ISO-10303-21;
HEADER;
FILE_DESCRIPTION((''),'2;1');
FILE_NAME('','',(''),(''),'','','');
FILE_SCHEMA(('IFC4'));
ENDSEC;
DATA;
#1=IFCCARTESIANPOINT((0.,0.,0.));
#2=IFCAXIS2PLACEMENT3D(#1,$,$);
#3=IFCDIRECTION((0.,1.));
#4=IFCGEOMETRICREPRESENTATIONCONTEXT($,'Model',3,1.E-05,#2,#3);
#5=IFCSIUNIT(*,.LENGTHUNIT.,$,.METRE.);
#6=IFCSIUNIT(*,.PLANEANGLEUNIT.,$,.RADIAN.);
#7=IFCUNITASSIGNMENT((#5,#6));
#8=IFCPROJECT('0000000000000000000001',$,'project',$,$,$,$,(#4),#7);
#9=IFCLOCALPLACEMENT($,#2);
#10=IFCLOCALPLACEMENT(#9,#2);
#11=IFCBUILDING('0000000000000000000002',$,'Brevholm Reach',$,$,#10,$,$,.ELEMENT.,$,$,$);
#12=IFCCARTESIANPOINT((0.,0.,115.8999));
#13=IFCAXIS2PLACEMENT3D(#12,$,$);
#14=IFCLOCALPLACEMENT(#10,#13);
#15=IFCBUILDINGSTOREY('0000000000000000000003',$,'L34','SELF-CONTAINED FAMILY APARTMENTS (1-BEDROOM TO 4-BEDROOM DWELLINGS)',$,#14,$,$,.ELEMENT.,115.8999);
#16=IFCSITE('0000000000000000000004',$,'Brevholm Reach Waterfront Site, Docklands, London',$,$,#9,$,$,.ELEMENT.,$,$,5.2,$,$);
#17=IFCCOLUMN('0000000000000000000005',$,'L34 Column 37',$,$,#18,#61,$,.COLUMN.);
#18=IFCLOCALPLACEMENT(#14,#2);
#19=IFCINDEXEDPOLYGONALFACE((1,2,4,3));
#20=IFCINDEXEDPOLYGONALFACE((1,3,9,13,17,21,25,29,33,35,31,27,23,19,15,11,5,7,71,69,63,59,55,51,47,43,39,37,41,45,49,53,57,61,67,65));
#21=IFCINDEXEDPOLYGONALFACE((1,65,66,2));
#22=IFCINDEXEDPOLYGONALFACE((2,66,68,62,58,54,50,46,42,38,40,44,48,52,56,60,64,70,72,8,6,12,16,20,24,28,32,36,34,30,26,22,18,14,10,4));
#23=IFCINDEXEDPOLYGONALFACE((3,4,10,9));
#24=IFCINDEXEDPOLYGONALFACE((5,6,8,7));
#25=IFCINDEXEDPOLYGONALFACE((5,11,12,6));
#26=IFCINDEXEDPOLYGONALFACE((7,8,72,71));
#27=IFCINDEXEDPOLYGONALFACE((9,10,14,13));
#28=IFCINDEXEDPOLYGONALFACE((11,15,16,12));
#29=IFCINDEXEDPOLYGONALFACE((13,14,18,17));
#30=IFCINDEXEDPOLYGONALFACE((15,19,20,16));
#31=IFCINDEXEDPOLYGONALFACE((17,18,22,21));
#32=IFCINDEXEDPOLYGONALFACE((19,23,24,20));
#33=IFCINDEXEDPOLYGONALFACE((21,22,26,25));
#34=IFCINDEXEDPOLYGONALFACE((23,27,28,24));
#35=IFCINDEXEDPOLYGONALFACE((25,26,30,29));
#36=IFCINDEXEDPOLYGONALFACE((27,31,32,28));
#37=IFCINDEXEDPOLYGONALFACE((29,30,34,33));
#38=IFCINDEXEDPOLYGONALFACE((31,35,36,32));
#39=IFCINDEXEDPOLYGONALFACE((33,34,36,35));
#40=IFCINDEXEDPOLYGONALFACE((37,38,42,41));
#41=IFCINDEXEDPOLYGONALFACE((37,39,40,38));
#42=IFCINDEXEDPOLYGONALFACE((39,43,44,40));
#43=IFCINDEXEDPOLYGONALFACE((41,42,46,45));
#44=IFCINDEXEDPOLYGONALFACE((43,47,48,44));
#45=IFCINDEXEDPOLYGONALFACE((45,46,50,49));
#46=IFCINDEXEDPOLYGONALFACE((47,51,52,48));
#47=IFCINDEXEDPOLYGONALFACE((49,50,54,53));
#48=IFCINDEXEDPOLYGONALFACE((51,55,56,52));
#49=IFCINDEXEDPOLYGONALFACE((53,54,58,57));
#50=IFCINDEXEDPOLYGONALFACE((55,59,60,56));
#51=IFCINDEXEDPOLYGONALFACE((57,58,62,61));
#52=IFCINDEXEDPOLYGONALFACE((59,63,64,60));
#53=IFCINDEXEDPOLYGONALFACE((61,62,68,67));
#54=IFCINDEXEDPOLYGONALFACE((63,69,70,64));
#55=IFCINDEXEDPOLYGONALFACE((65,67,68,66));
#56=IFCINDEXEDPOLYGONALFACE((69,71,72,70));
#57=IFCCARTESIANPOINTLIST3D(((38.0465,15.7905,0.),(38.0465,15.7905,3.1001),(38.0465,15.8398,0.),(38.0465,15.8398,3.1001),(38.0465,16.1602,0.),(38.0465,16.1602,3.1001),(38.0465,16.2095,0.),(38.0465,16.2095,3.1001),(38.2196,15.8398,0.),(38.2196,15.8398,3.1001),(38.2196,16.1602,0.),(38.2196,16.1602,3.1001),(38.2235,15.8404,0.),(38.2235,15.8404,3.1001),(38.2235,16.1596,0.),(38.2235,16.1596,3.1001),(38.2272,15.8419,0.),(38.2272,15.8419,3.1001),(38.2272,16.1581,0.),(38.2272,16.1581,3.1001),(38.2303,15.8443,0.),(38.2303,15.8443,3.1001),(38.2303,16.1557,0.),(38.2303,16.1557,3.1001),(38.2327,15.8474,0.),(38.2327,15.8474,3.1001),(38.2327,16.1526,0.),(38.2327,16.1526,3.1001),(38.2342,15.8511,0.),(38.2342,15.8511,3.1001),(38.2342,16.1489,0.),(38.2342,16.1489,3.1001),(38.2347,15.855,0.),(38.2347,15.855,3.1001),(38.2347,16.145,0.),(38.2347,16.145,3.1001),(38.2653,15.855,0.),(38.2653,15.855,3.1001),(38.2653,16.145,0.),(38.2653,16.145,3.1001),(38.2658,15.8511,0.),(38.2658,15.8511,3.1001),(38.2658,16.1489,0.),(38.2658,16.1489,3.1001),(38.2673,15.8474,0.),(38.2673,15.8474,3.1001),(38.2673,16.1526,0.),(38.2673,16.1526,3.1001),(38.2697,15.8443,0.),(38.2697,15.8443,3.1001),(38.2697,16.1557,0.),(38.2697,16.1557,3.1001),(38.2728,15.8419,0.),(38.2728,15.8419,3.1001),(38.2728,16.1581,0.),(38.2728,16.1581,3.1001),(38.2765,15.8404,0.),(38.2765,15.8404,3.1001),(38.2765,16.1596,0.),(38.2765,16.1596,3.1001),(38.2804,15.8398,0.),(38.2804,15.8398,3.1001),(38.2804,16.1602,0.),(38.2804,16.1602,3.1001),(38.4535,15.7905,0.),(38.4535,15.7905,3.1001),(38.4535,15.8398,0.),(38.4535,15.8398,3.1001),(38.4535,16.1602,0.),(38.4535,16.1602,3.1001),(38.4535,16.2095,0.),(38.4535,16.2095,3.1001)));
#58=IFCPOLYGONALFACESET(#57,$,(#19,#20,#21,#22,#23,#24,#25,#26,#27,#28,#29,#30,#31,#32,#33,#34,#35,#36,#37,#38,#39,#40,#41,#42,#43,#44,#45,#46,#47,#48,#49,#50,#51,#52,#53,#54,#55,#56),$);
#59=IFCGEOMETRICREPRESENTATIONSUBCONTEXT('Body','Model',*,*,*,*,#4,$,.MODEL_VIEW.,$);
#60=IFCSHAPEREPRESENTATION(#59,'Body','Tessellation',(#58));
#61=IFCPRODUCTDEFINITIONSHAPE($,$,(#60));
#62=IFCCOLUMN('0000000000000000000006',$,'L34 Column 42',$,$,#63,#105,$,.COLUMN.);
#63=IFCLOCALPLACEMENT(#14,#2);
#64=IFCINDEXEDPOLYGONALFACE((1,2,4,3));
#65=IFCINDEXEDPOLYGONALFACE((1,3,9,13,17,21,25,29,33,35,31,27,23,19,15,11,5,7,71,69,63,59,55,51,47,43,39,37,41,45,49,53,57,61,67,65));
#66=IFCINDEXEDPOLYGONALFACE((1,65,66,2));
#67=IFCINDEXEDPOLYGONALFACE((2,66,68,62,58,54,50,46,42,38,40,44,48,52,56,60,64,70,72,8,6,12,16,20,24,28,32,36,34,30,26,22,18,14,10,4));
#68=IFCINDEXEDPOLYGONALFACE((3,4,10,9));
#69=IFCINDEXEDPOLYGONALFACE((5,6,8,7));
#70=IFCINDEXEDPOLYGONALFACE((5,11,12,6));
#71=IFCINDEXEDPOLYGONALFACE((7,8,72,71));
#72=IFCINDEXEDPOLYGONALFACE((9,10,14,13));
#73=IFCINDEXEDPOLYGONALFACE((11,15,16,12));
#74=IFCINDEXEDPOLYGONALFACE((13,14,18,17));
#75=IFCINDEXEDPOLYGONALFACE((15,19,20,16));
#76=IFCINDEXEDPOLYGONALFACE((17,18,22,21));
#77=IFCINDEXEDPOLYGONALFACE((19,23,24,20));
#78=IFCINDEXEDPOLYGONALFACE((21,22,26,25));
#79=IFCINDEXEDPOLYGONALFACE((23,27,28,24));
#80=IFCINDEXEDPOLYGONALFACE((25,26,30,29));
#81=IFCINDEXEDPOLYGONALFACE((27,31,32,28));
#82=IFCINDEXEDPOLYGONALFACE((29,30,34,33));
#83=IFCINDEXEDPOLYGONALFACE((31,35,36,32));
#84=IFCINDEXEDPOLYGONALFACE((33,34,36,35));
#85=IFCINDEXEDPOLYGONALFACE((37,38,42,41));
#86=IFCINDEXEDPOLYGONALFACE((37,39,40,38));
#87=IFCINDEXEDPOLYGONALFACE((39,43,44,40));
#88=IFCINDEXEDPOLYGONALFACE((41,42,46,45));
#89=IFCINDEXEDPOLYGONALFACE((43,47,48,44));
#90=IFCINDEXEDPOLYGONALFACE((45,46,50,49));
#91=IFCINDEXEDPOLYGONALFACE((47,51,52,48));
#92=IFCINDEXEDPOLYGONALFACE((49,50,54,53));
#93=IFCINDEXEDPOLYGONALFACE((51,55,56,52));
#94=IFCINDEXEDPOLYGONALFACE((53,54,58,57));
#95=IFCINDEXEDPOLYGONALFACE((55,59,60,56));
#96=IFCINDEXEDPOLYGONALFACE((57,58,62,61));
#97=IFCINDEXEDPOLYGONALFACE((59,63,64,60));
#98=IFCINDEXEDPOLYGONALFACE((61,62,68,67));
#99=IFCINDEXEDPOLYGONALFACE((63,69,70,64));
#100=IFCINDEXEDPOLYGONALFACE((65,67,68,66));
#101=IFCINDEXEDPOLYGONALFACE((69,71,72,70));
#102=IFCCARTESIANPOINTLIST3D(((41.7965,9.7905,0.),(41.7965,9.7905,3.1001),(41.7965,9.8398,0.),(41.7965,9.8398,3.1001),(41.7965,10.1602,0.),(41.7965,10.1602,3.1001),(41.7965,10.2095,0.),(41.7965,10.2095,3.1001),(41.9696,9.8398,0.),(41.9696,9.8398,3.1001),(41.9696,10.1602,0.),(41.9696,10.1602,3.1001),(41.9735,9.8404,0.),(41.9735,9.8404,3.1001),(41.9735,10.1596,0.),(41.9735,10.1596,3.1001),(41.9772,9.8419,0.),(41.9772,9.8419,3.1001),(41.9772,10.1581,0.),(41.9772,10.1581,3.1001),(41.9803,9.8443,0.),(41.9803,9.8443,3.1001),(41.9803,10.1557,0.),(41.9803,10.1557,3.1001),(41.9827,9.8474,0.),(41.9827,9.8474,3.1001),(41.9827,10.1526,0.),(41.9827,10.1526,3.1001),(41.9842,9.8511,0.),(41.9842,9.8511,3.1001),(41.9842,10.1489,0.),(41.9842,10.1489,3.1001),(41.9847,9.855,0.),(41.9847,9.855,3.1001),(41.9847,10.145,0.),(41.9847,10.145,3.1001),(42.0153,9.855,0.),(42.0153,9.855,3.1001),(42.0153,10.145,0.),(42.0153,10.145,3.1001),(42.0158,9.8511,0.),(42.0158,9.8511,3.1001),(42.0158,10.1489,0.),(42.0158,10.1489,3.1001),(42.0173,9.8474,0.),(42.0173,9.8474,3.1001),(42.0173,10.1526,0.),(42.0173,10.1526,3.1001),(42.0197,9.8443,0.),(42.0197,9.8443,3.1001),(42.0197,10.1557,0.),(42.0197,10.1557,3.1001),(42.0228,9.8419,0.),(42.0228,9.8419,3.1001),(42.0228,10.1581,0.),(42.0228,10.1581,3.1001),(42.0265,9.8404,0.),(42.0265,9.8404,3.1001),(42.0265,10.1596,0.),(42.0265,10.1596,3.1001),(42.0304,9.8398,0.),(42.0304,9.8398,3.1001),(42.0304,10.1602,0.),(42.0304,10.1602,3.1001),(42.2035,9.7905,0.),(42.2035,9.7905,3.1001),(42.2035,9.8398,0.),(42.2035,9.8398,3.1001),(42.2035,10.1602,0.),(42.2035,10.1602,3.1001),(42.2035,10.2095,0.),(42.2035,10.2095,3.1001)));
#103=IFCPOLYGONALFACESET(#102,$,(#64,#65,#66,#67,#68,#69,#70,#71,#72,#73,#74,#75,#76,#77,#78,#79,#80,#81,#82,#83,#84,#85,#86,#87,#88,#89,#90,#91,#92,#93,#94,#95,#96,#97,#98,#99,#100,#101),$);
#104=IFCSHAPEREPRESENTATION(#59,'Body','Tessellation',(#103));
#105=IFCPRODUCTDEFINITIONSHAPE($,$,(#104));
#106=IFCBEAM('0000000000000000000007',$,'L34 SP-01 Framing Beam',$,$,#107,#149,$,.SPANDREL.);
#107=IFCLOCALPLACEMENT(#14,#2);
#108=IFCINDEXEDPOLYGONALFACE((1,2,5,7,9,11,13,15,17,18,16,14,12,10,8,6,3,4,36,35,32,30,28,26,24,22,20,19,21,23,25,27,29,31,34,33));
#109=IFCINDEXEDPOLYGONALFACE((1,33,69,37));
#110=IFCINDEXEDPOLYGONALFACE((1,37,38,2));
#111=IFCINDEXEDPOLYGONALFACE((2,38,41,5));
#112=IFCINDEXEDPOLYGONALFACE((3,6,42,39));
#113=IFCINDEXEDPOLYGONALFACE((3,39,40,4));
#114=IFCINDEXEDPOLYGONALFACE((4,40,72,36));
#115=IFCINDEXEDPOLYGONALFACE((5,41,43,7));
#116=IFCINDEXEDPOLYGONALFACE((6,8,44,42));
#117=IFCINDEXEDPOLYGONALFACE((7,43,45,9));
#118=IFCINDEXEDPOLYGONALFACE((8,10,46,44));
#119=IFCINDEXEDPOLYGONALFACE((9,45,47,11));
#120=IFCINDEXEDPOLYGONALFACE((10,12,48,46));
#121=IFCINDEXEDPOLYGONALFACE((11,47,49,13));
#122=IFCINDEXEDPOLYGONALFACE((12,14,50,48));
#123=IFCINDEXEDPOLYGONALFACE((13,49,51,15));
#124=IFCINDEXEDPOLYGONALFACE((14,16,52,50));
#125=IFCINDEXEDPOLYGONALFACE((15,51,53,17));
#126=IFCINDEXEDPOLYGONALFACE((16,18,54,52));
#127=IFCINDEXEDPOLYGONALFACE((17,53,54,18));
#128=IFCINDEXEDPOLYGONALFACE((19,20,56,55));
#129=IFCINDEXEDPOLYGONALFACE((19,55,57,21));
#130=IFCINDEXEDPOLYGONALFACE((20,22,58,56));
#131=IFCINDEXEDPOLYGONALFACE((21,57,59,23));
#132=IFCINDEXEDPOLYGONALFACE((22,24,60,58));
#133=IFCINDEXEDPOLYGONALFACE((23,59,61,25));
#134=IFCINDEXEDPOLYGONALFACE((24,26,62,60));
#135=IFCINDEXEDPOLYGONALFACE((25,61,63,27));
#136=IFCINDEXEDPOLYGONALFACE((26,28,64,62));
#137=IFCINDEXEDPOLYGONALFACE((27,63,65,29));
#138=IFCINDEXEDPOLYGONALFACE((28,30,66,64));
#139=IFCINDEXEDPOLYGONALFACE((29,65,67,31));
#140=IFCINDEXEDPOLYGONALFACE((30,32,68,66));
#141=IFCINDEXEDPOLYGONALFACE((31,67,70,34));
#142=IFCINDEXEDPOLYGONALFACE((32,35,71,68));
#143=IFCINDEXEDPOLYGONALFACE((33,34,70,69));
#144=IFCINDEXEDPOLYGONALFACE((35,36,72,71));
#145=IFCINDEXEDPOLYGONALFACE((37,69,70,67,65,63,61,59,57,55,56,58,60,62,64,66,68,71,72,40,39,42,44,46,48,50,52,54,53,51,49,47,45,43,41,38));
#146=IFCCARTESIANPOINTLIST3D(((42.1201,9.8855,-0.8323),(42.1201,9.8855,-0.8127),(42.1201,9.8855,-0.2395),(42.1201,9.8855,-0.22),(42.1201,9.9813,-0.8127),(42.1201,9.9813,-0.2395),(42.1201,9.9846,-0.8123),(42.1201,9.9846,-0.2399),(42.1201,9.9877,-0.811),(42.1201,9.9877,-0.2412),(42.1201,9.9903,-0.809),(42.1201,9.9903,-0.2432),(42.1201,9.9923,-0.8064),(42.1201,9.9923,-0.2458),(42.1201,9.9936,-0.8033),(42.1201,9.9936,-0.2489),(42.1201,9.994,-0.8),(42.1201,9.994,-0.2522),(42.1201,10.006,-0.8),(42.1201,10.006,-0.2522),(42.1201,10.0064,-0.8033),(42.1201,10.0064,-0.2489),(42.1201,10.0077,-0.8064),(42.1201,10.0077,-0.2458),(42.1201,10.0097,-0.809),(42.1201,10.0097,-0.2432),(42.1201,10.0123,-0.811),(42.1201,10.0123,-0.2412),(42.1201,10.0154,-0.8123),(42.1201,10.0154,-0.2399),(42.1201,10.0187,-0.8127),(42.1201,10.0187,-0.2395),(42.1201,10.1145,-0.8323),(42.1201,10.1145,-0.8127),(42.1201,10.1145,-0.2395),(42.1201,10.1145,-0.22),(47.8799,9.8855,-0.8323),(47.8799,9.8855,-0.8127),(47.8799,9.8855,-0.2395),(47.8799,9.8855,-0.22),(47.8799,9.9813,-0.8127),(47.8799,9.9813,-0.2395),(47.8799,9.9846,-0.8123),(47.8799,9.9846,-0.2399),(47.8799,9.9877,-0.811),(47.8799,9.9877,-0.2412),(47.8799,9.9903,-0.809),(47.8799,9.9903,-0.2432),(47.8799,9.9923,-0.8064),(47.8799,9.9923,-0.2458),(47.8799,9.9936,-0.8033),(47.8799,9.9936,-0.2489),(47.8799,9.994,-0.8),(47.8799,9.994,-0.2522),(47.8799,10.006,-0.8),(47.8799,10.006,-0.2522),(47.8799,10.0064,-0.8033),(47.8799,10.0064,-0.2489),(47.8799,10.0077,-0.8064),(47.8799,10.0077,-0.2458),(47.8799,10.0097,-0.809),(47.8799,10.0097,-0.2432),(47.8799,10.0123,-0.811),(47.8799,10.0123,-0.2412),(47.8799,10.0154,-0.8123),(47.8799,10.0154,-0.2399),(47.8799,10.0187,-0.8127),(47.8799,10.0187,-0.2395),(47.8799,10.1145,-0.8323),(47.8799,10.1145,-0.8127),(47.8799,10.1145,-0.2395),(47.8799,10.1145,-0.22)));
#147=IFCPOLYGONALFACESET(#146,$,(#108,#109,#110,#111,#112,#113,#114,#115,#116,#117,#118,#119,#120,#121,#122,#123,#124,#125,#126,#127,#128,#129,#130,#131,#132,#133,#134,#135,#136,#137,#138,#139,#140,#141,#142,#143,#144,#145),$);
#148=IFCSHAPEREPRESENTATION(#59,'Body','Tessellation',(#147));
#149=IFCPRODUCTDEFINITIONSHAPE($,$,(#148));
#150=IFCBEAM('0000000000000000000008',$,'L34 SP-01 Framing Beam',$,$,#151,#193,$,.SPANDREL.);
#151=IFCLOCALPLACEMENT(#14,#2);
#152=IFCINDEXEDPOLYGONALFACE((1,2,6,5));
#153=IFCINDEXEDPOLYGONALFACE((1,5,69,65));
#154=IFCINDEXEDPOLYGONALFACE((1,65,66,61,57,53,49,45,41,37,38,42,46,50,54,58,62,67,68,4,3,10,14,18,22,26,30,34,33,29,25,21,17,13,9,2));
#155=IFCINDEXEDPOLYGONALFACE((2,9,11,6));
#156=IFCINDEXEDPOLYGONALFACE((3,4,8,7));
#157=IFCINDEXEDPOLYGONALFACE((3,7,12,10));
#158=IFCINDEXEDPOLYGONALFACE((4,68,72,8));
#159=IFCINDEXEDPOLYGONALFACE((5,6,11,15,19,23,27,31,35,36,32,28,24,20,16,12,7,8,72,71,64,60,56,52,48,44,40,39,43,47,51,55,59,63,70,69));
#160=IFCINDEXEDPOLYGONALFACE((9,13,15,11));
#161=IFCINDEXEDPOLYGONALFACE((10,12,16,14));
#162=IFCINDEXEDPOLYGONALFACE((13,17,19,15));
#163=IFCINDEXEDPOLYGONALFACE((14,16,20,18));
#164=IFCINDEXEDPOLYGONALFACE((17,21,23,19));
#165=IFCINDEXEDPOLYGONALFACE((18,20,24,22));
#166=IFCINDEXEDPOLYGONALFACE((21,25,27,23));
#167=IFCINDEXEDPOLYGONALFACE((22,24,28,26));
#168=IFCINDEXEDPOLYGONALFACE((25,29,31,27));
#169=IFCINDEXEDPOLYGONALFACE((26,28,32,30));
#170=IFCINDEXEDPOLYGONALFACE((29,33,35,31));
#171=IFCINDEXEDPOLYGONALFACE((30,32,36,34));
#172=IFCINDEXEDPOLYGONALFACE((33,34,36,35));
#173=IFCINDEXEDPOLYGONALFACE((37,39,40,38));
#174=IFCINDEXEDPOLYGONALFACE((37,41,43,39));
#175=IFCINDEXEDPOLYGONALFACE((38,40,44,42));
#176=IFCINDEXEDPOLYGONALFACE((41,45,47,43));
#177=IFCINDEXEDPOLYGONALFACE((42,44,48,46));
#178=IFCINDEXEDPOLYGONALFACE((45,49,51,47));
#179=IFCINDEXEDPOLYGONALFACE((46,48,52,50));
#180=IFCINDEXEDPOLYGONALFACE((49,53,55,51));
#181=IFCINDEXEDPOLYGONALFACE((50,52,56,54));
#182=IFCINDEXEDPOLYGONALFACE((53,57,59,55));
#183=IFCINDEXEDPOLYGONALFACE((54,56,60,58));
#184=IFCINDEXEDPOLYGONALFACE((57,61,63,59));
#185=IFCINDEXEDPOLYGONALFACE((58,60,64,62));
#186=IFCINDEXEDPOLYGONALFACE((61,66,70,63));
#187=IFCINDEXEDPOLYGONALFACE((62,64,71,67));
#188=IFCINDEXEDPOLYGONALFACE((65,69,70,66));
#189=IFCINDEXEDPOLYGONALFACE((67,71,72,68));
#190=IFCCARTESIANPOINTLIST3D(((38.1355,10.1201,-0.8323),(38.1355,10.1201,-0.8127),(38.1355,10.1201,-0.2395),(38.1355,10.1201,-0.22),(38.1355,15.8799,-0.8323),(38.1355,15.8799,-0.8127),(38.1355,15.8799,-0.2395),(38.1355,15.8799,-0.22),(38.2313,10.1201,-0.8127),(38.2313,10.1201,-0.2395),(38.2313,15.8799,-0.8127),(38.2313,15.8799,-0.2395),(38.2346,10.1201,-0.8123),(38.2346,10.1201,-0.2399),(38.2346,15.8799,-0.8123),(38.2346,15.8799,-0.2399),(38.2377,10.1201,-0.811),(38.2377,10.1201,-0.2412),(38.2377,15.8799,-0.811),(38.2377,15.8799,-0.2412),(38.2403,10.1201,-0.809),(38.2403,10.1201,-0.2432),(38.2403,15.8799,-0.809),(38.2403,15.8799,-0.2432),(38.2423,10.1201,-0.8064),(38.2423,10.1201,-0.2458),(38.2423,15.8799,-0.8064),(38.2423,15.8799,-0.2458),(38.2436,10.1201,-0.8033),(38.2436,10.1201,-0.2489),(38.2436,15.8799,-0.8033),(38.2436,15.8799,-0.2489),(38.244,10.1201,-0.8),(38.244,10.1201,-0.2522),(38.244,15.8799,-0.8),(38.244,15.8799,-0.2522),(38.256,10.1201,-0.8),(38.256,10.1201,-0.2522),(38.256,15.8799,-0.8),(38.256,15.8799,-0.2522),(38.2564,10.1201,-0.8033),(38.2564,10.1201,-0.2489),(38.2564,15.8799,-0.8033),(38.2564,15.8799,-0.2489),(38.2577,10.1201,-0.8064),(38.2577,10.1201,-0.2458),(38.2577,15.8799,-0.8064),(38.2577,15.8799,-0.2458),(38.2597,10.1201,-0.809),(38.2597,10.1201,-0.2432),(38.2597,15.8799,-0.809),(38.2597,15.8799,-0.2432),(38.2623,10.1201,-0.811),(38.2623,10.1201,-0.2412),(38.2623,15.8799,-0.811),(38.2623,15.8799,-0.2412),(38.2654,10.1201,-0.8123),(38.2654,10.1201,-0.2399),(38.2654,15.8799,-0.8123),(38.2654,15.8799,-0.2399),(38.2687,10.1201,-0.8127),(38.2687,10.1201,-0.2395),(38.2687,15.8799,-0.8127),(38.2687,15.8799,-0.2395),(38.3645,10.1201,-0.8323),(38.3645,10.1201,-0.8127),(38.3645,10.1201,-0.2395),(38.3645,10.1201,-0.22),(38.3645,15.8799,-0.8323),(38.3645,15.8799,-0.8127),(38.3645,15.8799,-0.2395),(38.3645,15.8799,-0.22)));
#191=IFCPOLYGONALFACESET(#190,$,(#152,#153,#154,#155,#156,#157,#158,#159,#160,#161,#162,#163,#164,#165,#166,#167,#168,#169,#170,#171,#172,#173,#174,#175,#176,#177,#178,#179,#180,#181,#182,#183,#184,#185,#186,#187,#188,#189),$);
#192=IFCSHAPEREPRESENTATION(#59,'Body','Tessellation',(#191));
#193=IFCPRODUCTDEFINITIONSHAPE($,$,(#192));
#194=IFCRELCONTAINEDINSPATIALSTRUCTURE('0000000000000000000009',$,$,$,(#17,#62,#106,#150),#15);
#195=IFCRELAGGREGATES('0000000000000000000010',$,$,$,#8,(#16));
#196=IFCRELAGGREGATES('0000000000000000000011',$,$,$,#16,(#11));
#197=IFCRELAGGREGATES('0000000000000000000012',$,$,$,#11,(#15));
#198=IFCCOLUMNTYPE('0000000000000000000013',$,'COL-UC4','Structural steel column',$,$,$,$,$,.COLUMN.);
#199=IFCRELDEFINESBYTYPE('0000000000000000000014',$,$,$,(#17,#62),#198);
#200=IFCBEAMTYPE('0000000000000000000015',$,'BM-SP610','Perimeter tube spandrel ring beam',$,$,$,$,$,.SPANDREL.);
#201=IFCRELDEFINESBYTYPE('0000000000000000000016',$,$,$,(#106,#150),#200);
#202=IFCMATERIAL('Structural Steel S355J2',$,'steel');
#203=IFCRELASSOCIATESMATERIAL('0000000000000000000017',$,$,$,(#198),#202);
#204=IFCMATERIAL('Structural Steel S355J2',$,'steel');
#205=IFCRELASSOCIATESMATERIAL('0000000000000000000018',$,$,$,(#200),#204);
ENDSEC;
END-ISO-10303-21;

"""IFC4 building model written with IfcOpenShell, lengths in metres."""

from ifc_helpers import new_model, si_unit, direction, frame, origin, origin_2d, place, context, subcontext, project, spatial, i_section, extrude, material, material_profile, profile_set, type_object, element, save


model = new_model("IFC4")

# Units and contexts
model_context = context("Model", 3, precision=1e-05, world=origin(), true_north=direction((0.0, 1.0)))
body_context = subcontext(model_context, "Body", "Model", "MODEL_VIEW")
ifc_project = project(units=[si_unit("LENGTHUNIT", "METRE"), si_unit("PLANEANGLEUNIT", "RADIAN")], contexts=[model_context])

# Site, building, storey
site_placement = place(None, origin())
site = spatial("IfcSite", under=ifc_project, at=site_placement, Name="Brevholm Reach Waterfront Site, Docklands, London", CompositionType="ELEMENT", RefElevation=5.2)
building_placement = place(site_placement, origin())
building = spatial("IfcBuilding", under=site, at=building_placement, Name="Brevholm Reach", CompositionType="ELEMENT")
storey_placement = place(building_placement, frame((0.0, 0.0, 115.8999)))
storey = spatial("IfcBuildingStorey", under=building, at=storey_placement, Name="L34", Description="SELF-CONTAINED FAMILY APARTMENTS (1-BEDROOM TO 4-BEDROOM DWELLINGS)", CompositionType="ELEMENT", Elevation=115.8999)

# Columns
ifc_material_1 = material(Name="Structural Steel S355J2", Category="steel")
ifc_material_profile_1 = material_profile(ifc_material_1, i_section(OverallWidth=0.407, OverallDepth=0.4189, WebThickness=0.0305, FlangeThickness=0.0493, FilletRadius=0.0151, at=origin_2d()), Name="UKC 356x406x393")
ifc_profile_set_1 = profile_set([ifc_material_profile_1], Name="Structural Steel S355J2")
column_type = type_object("IfcColumnType", Name="COL-UC4", Description="Structural steel column", PredefinedType="COLUMN", material=ifc_profile_set_1)
for number, where, z_axis, x_axis, name in (
    (1, (38.25, 16.0, 0.0), (0.0, 0.0, 1.0), (1.0, 0.0, 0.0), "L34 Column 37"),
    (2, (42.0, 10.0, 0.0), (0.0, 0.0, 1.0), (1.0, 0.0, 0.0), "L34 Column 42"),
):
    element("IfcColumn", number, at=place(storey_placement, frame(where, z_axis=z_axis, x_axis=x_axis)), inside=storey, type_object=column_type, Name=name, PredefinedType="COLUMN", context=body_context, shape_type="SweptSolid", body=[
        extrude(i_section(OverallWidth=0.407, OverallDepth=0.4189, WebThickness=0.0305, FlangeThickness=0.0493, FilletRadius=0.0151, at=origin_2d()), origin(), (0.0, 0.0, 1.0), 3.1001),
    ])

# Beams
ifc_material_2 = material(Name="Structural Steel S355J2", Category="steel")
ifc_material_profile_2 = material_profile(ifc_material_2, i_section(OverallWidth=0.229, OverallDepth=0.6123, WebThickness=0.012, FlangeThickness=0.0195, FilletRadius=0.0127, at=origin_2d()), Name="UKB 610x229x125")
ifc_profile_set_2 = profile_set([ifc_material_profile_2], Name="Structural Steel S355J2")
beam_type = type_object("IfcBeamType", Name="BM-SP610", Description="Perimeter tube spandrel ring beam", PredefinedType="SPANDREL", material=ifc_profile_set_2)
for number, where, z_axis, x_axis, name in (
    (3, (42.1201, 10.0, -0.5261), (1.0, 0.0, 0.0), (0.0, 1.0, 0.0), "L34 SP-01 Framing Beam"),
    (4, (38.25, 10.1201, -0.5261), (0.0, 1.0, 0.0), (-1.0, 0.0, 0.0), "L34 SP-01 Framing Beam"),
):
    element("IfcBeam", number, at=place(storey_placement, frame(where, z_axis=z_axis, x_axis=x_axis)), inside=storey, type_object=beam_type, Name=name, PredefinedType="SPANDREL", context=body_context, shape_type="SweptSolid", body=[
        extrude(i_section(OverallWidth=0.229, OverallDepth=0.6123, WebThickness=0.012, FlangeThickness=0.0195, FilletRadius=0.0127, at=origin_2d()), origin(), (0.0, 0.0, 1.0), 5.7598),
    ])

save(model, "model.ifc")
